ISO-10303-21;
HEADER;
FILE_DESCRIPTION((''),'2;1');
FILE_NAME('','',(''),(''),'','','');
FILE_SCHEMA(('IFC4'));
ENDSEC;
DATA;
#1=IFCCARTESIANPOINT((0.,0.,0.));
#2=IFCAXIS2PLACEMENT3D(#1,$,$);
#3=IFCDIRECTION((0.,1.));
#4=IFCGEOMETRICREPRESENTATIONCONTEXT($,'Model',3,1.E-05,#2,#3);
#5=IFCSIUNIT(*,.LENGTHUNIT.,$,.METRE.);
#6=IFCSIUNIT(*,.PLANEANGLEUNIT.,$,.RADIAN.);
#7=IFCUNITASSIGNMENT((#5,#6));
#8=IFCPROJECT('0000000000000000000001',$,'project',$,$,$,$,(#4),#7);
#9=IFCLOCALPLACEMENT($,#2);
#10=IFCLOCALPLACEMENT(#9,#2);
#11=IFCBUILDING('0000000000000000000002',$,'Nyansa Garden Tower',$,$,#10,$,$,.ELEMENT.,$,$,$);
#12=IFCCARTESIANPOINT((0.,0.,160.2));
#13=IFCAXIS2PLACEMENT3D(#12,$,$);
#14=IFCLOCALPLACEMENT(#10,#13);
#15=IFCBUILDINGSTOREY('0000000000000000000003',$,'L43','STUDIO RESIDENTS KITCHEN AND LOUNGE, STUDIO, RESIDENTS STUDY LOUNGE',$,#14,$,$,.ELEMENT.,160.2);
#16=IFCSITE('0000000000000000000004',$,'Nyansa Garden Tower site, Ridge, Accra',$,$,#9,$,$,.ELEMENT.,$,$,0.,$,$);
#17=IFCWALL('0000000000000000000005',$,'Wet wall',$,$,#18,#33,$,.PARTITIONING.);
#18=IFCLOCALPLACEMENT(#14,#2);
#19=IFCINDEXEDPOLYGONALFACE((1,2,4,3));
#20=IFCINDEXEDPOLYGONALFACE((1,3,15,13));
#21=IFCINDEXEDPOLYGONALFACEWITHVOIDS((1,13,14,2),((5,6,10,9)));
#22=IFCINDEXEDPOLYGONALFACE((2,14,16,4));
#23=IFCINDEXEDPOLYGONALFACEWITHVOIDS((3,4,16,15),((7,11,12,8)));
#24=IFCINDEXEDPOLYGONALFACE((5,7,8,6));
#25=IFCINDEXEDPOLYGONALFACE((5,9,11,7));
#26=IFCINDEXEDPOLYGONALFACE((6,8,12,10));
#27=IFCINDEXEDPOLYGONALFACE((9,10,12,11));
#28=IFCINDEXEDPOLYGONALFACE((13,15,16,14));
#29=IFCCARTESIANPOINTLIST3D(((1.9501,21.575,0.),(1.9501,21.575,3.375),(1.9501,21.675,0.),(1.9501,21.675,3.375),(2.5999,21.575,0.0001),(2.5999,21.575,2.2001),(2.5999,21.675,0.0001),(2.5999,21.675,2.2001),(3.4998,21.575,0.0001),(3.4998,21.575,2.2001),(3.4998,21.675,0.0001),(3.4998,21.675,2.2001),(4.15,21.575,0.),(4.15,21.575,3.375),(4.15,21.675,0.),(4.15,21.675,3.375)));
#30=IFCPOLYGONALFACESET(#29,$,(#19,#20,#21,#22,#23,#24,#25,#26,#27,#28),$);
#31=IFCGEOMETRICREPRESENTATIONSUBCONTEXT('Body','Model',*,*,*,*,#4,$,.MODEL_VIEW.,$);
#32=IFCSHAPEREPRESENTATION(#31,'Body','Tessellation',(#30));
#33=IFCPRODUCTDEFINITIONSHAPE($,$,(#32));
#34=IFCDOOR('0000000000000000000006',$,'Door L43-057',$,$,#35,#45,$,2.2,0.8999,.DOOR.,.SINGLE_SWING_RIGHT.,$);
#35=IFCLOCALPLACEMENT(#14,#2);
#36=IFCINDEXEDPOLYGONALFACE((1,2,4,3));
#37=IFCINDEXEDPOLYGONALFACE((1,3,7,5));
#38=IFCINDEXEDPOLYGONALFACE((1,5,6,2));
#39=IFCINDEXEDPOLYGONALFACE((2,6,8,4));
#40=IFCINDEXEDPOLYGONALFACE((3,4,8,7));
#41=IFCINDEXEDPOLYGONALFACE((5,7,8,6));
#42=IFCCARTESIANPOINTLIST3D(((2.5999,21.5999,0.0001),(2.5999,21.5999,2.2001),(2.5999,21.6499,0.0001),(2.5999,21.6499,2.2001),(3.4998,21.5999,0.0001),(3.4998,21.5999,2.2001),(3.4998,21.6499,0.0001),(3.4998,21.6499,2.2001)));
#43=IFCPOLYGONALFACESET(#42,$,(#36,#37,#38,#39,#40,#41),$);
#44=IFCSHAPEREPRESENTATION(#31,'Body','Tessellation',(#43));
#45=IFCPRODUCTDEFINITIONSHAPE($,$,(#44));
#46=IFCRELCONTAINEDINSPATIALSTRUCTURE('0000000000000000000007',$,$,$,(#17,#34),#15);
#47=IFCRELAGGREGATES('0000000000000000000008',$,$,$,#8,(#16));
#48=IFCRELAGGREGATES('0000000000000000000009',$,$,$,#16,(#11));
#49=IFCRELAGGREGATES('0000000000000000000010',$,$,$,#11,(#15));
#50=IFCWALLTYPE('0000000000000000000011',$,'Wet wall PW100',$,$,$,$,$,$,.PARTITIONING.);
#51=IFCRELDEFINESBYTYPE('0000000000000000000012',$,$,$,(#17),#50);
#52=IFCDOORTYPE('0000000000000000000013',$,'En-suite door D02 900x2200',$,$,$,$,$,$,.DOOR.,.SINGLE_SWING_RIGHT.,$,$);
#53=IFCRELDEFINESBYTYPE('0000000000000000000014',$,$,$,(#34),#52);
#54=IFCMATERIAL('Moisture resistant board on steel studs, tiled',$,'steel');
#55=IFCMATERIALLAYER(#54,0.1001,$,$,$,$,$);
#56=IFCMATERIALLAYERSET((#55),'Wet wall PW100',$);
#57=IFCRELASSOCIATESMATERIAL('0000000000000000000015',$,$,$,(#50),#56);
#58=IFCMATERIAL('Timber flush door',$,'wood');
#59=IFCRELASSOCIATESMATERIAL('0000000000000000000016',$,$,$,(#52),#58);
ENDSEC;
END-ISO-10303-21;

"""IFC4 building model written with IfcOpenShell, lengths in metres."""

from ifc_helpers import new_model, si_unit, direction, frame, frame_2d, origin, place, context, subcontext, project, spatial, rectangle, extrude, material, layer, layer_set, type_object, element, fill, save


model = new_model("IFC4")

# Units and contexts
model_context = context("Model", 3, precision=1e-05, world=origin(), true_north=direction((0.0, 1.0)))
body_context = subcontext(model_context, "Body", "Model", "MODEL_VIEW")
ifc_project = project(units=[si_unit("LENGTHUNIT", "METRE"), si_unit("PLANEANGLEUNIT", "RADIAN")], contexts=[model_context])

# Site, building, storey
site_placement = place(None, origin())
site = spatial("IfcSite", under=ifc_project, at=site_placement, Name="Nyansa Garden Tower site, Ridge, Accra", CompositionType="ELEMENT", RefElevation=0.0)
building_placement = place(site_placement, origin())
building = spatial("IfcBuilding", under=site, at=building_placement, Name="Nyansa Garden Tower", CompositionType="ELEMENT")
storey_placement = place(building_placement, frame((0.0, 0.0, 160.2)))
storey = spatial("IfcBuildingStorey", under=building, at=storey_placement, Name="L43", Description="STUDIO RESIDENTS KITCHEN AND LOUNGE, STUDIO, RESIDENTS STUDY LOUNGE", CompositionType="ELEMENT", Elevation=160.2)

# Shared definitions
ifc_material_1 = material(Name="Moisture resistant board on steel studs, tiled", Category="steel")
ifc_layer_1 = layer(ifc_material_1, 0.1001)
ifc_layer_set_1 = layer_set([ifc_layer_1], Name="Wet wall PW100")
wall_type_1 = type_object("IfcWallType", Name="Wet wall PW100", PredefinedType="PARTITIONING", material=ifc_layer_set_1)

# Shared definitions
ifc_material_2 = material(Name="Timber flush door", Category="wood")
door_type_1 = type_object("IfcDoorType", Name="En-suite door D02 900x2200", OperationType="SINGLE_SWING_RIGHT", PredefinedType="DOOR", material=ifc_material_2)

# Wall, opening, door
wall_1_placement = place(storey_placement, frame((1.95, 21.625, 0.0), z_axis=(0.0, 0.0, 1.0), x_axis=(1.0, 0.0, 0.0)))
wall_1 = element("IfcWall", 1, at=wall_1_placement, inside=storey, type_object=wall_type_1, Name="Wet wall", PredefinedType="PARTITIONING", context=body_context, shape_type="SweptSolid", body=[
    extrude(rectangle(XDim=2.2, YDim=0.1001, at=frame_2d((1.1001, 0.0))), origin(), (0.0, 0.0, 1.0), 3.375),
])
opening_1_placement = place(wall_1_placement, frame((0.6499, 0.0, 0.0)))
opening_1 = element("IfcOpeningElement", 2, at=opening_1_placement, cuts=wall_1, PredefinedType="OPENING", context=body_context, shape_type="SweptSolid", body=[
    extrude(rectangle(XDim=0.8999, YDim=2.2, at=frame_2d((0.45, 1.1001))), frame((0.0, 0.0601, 0.0), z_axis=(0.0, -1.0, 0.0), x_axis=(1.0, 0.0, 0.0)), (0.0, 0.0, 1.0), 0.1201),
])
door_1_placement = place(opening_1_placement, origin())
door_1 = element("IfcDoor", 3, at=door_1_placement, inside=storey, type_object=door_type_1, Name="Door L43-057", OperationType="SINGLE_SWING_RIGHT", OverallHeight=2.2, OverallWidth=0.8999, PredefinedType="DOOR", context=body_context, shape_type="SweptSolid", body=[
    extrude(rectangle(XDim=0.8999, YDim=2.2, at=frame_2d((0.45, 1.1001))), frame((0.0, 0.0249, 0.0), z_axis=(0.0, -1.0, 0.0), x_axis=(1.0, 0.0, 0.0)), (0.0, 0.0, 1.0), 0.05),
])
fill(opening_1, door_1)

save(model, "model.ifc")
